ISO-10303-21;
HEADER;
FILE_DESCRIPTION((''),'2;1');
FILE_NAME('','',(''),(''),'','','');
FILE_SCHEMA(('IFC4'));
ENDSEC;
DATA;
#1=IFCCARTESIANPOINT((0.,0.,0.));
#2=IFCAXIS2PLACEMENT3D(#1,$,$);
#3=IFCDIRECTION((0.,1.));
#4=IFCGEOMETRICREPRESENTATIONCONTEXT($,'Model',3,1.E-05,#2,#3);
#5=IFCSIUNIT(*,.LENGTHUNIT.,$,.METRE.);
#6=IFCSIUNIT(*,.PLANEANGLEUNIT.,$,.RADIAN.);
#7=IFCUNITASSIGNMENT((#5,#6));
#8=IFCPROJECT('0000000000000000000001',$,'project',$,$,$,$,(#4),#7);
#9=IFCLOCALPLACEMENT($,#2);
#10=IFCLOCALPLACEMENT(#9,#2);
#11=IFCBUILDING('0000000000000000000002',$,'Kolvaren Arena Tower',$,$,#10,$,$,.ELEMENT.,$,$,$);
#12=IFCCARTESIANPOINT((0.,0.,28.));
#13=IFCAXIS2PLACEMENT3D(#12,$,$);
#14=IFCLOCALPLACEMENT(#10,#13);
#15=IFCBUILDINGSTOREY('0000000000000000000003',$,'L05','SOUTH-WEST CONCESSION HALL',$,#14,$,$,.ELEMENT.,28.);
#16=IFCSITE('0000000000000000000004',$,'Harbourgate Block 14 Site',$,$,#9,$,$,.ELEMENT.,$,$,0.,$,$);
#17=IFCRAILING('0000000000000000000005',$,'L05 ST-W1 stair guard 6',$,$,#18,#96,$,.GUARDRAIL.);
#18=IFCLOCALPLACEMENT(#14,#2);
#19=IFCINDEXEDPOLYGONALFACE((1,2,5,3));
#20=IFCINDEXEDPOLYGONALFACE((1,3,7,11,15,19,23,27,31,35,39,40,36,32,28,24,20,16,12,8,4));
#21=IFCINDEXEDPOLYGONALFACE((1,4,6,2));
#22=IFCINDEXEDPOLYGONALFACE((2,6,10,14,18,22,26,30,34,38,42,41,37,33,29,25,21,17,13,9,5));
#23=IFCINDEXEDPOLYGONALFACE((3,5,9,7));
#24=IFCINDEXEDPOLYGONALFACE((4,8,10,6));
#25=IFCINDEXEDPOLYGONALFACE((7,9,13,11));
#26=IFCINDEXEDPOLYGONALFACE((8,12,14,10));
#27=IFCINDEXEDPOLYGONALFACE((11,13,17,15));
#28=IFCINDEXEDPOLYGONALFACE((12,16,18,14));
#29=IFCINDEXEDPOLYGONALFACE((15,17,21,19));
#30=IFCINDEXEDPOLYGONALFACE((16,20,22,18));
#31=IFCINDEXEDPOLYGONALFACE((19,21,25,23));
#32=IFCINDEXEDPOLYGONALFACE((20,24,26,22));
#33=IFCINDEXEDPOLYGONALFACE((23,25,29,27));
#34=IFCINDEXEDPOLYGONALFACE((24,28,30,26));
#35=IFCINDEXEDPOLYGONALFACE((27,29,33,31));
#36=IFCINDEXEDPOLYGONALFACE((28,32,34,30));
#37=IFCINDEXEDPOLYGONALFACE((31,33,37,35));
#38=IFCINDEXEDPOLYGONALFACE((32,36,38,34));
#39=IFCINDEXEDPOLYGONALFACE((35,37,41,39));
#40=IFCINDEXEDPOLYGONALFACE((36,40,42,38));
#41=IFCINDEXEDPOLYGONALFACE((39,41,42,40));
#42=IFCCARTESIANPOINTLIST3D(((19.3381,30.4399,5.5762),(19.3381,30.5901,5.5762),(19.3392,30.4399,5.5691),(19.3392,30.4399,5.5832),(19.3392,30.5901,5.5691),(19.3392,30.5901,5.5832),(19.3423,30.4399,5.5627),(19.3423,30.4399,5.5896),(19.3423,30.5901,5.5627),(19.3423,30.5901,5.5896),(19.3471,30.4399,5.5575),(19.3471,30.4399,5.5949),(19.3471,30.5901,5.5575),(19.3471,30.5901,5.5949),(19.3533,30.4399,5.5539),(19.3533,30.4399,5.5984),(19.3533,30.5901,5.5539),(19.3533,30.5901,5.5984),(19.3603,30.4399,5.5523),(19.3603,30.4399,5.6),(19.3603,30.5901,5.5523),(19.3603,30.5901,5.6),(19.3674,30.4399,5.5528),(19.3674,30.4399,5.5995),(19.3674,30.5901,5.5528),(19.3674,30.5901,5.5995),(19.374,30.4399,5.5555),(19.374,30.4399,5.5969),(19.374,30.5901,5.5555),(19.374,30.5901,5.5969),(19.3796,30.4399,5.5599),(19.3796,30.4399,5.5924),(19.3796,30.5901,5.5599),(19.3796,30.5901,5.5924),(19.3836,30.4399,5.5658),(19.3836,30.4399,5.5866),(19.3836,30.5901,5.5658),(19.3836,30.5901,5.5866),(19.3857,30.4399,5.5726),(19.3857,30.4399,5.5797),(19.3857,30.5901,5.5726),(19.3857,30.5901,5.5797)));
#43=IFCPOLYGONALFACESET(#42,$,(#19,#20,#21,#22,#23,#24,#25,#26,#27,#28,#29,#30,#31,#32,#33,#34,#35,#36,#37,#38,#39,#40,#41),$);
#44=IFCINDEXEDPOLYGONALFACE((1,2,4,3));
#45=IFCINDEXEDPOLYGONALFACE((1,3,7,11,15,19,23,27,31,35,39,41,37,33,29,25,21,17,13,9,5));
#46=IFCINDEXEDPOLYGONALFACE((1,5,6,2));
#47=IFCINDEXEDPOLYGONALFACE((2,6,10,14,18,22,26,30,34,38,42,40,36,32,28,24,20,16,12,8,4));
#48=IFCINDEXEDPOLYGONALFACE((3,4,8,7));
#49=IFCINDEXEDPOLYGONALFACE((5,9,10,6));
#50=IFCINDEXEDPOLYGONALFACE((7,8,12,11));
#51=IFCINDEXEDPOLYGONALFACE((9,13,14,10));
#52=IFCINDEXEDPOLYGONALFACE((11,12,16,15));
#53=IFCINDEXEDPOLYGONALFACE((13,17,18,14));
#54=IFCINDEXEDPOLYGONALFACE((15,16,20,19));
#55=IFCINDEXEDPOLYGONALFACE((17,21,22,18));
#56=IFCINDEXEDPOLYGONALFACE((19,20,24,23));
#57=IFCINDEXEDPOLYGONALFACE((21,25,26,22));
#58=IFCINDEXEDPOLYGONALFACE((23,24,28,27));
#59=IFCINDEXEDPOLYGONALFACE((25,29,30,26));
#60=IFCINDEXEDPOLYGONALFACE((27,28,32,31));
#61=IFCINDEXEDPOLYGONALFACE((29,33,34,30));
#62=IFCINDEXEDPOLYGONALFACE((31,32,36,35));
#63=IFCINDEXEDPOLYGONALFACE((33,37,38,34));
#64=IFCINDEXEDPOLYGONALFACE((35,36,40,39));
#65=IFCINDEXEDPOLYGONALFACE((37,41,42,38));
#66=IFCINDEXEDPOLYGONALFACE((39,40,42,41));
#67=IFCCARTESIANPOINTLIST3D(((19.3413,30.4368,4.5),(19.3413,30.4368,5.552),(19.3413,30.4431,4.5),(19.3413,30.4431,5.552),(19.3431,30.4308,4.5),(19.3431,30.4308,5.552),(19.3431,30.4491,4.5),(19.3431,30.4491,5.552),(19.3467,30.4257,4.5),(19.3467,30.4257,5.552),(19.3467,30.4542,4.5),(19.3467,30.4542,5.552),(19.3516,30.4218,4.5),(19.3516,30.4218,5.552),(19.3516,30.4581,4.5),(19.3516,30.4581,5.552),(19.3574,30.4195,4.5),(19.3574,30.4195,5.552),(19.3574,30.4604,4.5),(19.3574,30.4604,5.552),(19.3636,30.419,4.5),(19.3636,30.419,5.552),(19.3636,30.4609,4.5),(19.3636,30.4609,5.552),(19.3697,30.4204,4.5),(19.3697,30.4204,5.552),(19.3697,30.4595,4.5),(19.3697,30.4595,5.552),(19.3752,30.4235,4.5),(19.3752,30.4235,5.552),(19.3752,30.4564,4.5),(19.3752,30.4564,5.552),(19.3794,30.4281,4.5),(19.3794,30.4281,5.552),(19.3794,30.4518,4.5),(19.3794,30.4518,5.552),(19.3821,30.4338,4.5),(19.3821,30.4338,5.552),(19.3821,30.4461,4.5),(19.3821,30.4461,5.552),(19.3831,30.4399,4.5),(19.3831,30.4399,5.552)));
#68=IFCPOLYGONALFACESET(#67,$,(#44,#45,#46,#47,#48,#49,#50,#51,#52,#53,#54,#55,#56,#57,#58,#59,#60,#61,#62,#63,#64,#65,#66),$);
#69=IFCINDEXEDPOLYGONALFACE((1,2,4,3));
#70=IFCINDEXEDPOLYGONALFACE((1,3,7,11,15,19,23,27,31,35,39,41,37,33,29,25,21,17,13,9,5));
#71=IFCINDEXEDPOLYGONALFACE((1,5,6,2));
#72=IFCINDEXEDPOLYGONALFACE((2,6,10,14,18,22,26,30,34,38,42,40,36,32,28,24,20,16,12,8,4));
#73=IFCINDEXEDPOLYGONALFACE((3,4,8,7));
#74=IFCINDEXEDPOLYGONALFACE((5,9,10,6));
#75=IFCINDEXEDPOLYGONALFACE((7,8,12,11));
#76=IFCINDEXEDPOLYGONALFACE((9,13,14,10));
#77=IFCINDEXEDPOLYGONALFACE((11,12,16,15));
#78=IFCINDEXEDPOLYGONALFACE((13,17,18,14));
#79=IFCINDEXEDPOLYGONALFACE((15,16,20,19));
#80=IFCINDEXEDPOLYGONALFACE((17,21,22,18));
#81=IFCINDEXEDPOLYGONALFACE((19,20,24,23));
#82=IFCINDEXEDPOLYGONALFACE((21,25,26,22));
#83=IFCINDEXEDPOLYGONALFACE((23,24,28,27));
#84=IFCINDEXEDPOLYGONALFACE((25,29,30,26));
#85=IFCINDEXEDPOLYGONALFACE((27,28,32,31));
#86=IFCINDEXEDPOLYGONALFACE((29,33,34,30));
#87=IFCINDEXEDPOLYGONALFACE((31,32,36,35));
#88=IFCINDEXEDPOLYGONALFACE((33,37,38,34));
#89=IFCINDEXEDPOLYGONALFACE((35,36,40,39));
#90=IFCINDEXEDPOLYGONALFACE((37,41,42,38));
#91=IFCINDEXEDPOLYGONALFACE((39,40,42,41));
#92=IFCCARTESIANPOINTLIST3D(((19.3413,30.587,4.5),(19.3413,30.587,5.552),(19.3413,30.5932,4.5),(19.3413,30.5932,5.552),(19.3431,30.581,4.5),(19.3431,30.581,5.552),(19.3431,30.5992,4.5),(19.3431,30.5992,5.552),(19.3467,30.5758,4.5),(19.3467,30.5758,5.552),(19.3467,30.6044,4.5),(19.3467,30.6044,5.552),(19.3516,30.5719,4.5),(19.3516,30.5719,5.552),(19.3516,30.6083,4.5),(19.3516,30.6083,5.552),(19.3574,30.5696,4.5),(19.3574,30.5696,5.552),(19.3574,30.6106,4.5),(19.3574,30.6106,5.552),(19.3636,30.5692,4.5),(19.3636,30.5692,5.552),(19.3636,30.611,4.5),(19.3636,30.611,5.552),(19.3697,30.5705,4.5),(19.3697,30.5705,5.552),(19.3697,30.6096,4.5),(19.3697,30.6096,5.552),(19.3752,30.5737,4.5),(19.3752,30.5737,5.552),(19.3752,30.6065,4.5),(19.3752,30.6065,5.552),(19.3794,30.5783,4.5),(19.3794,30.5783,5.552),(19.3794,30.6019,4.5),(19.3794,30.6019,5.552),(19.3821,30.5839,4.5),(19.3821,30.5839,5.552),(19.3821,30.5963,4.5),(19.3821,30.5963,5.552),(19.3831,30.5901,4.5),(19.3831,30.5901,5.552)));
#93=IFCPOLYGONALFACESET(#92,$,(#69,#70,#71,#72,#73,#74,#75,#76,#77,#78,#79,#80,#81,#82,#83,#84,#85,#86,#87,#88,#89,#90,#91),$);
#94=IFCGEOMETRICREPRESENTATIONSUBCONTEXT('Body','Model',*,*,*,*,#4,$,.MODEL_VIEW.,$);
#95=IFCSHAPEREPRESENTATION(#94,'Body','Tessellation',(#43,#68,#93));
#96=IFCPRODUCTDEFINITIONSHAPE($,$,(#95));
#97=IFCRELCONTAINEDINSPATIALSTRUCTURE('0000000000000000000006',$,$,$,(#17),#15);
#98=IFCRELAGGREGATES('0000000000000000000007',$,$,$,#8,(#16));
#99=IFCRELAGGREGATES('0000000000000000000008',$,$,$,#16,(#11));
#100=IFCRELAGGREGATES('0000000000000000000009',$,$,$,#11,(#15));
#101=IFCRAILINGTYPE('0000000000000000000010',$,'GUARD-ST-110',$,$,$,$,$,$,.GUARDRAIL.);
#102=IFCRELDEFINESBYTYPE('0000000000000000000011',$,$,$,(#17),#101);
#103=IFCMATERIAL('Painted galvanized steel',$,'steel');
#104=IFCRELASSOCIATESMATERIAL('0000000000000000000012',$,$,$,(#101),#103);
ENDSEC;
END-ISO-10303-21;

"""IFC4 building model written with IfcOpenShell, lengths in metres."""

from ifc_helpers import new_model, si_unit, direction, frame, origin, origin_2d, place, context, subcontext, project, spatial, circle, extrude, material, type_object, element, save


model = new_model("IFC4")

# Units and contexts
model_context = context("Model", 3, precision=1e-05, world=origin(), true_north=direction((0.0, 1.0)))
body_context = subcontext(model_context, "Body", "Model", "MODEL_VIEW")
ifc_project = project(units=[si_unit("LENGTHUNIT", "METRE"), si_unit("PLANEANGLEUNIT", "RADIAN")], contexts=[model_context])

# Site, building, storey
site_placement = place(None, origin())
site = spatial("IfcSite", under=ifc_project, at=site_placement, Name="Harbourgate Block 14 Site", CompositionType="ELEMENT", RefElevation=0.0)
building_placement = place(site_placement, origin())
building = spatial("IfcBuilding", under=site, at=building_placement, Name="Kolvaren Arena Tower", CompositionType="ELEMENT")
storey_placement = place(building_placement, frame((0.0, 0.0, 28.0)))
storey = spatial("IfcBuildingStorey", under=building, at=storey_placement, Name="L05", Description="SOUTH-WEST CONCESSION HALL", CompositionType="ELEMENT", Elevation=28.0)

# Railing
ifc_material_1 = material(Name="Painted galvanized steel", Category="steel")
railing_type_1 = type_object("IfcRailingType", Name="GUARD-ST-110", PredefinedType="GUARDRAIL", material=ifc_material_1)
railing_1_placement = place(storey_placement, frame((19.3621, 30.4399, 4.5)))
element("IfcRailing", 1, at=railing_1_placement, inside=storey, type_object=railing_type_1, Name="L05 ST-W1 stair guard 6", PredefinedType="GUARDRAIL", context=body_context, shape_type="SweptSolid", body=[
    extrude(circle(Radius=0.0239, at=origin_2d()), frame((0.0, 0.0, 1.0762), z_axis=(0.0, 1.0, 0.0), x_axis=(-1.0, 0.0, 0.0)), (0.0, 0.0, 1.0), 0.1501),
    extrude(circle(Radius=0.021, at=origin_2d()), origin(), (0.0, 0.0, 1.0), 1.052),
    extrude(circle(Radius=0.021, at=origin_2d()), frame((0.0, 0.1501, 0.0)), (0.0, 0.0, 1.0), 1.052),
])

save(model, "model.ifc")
